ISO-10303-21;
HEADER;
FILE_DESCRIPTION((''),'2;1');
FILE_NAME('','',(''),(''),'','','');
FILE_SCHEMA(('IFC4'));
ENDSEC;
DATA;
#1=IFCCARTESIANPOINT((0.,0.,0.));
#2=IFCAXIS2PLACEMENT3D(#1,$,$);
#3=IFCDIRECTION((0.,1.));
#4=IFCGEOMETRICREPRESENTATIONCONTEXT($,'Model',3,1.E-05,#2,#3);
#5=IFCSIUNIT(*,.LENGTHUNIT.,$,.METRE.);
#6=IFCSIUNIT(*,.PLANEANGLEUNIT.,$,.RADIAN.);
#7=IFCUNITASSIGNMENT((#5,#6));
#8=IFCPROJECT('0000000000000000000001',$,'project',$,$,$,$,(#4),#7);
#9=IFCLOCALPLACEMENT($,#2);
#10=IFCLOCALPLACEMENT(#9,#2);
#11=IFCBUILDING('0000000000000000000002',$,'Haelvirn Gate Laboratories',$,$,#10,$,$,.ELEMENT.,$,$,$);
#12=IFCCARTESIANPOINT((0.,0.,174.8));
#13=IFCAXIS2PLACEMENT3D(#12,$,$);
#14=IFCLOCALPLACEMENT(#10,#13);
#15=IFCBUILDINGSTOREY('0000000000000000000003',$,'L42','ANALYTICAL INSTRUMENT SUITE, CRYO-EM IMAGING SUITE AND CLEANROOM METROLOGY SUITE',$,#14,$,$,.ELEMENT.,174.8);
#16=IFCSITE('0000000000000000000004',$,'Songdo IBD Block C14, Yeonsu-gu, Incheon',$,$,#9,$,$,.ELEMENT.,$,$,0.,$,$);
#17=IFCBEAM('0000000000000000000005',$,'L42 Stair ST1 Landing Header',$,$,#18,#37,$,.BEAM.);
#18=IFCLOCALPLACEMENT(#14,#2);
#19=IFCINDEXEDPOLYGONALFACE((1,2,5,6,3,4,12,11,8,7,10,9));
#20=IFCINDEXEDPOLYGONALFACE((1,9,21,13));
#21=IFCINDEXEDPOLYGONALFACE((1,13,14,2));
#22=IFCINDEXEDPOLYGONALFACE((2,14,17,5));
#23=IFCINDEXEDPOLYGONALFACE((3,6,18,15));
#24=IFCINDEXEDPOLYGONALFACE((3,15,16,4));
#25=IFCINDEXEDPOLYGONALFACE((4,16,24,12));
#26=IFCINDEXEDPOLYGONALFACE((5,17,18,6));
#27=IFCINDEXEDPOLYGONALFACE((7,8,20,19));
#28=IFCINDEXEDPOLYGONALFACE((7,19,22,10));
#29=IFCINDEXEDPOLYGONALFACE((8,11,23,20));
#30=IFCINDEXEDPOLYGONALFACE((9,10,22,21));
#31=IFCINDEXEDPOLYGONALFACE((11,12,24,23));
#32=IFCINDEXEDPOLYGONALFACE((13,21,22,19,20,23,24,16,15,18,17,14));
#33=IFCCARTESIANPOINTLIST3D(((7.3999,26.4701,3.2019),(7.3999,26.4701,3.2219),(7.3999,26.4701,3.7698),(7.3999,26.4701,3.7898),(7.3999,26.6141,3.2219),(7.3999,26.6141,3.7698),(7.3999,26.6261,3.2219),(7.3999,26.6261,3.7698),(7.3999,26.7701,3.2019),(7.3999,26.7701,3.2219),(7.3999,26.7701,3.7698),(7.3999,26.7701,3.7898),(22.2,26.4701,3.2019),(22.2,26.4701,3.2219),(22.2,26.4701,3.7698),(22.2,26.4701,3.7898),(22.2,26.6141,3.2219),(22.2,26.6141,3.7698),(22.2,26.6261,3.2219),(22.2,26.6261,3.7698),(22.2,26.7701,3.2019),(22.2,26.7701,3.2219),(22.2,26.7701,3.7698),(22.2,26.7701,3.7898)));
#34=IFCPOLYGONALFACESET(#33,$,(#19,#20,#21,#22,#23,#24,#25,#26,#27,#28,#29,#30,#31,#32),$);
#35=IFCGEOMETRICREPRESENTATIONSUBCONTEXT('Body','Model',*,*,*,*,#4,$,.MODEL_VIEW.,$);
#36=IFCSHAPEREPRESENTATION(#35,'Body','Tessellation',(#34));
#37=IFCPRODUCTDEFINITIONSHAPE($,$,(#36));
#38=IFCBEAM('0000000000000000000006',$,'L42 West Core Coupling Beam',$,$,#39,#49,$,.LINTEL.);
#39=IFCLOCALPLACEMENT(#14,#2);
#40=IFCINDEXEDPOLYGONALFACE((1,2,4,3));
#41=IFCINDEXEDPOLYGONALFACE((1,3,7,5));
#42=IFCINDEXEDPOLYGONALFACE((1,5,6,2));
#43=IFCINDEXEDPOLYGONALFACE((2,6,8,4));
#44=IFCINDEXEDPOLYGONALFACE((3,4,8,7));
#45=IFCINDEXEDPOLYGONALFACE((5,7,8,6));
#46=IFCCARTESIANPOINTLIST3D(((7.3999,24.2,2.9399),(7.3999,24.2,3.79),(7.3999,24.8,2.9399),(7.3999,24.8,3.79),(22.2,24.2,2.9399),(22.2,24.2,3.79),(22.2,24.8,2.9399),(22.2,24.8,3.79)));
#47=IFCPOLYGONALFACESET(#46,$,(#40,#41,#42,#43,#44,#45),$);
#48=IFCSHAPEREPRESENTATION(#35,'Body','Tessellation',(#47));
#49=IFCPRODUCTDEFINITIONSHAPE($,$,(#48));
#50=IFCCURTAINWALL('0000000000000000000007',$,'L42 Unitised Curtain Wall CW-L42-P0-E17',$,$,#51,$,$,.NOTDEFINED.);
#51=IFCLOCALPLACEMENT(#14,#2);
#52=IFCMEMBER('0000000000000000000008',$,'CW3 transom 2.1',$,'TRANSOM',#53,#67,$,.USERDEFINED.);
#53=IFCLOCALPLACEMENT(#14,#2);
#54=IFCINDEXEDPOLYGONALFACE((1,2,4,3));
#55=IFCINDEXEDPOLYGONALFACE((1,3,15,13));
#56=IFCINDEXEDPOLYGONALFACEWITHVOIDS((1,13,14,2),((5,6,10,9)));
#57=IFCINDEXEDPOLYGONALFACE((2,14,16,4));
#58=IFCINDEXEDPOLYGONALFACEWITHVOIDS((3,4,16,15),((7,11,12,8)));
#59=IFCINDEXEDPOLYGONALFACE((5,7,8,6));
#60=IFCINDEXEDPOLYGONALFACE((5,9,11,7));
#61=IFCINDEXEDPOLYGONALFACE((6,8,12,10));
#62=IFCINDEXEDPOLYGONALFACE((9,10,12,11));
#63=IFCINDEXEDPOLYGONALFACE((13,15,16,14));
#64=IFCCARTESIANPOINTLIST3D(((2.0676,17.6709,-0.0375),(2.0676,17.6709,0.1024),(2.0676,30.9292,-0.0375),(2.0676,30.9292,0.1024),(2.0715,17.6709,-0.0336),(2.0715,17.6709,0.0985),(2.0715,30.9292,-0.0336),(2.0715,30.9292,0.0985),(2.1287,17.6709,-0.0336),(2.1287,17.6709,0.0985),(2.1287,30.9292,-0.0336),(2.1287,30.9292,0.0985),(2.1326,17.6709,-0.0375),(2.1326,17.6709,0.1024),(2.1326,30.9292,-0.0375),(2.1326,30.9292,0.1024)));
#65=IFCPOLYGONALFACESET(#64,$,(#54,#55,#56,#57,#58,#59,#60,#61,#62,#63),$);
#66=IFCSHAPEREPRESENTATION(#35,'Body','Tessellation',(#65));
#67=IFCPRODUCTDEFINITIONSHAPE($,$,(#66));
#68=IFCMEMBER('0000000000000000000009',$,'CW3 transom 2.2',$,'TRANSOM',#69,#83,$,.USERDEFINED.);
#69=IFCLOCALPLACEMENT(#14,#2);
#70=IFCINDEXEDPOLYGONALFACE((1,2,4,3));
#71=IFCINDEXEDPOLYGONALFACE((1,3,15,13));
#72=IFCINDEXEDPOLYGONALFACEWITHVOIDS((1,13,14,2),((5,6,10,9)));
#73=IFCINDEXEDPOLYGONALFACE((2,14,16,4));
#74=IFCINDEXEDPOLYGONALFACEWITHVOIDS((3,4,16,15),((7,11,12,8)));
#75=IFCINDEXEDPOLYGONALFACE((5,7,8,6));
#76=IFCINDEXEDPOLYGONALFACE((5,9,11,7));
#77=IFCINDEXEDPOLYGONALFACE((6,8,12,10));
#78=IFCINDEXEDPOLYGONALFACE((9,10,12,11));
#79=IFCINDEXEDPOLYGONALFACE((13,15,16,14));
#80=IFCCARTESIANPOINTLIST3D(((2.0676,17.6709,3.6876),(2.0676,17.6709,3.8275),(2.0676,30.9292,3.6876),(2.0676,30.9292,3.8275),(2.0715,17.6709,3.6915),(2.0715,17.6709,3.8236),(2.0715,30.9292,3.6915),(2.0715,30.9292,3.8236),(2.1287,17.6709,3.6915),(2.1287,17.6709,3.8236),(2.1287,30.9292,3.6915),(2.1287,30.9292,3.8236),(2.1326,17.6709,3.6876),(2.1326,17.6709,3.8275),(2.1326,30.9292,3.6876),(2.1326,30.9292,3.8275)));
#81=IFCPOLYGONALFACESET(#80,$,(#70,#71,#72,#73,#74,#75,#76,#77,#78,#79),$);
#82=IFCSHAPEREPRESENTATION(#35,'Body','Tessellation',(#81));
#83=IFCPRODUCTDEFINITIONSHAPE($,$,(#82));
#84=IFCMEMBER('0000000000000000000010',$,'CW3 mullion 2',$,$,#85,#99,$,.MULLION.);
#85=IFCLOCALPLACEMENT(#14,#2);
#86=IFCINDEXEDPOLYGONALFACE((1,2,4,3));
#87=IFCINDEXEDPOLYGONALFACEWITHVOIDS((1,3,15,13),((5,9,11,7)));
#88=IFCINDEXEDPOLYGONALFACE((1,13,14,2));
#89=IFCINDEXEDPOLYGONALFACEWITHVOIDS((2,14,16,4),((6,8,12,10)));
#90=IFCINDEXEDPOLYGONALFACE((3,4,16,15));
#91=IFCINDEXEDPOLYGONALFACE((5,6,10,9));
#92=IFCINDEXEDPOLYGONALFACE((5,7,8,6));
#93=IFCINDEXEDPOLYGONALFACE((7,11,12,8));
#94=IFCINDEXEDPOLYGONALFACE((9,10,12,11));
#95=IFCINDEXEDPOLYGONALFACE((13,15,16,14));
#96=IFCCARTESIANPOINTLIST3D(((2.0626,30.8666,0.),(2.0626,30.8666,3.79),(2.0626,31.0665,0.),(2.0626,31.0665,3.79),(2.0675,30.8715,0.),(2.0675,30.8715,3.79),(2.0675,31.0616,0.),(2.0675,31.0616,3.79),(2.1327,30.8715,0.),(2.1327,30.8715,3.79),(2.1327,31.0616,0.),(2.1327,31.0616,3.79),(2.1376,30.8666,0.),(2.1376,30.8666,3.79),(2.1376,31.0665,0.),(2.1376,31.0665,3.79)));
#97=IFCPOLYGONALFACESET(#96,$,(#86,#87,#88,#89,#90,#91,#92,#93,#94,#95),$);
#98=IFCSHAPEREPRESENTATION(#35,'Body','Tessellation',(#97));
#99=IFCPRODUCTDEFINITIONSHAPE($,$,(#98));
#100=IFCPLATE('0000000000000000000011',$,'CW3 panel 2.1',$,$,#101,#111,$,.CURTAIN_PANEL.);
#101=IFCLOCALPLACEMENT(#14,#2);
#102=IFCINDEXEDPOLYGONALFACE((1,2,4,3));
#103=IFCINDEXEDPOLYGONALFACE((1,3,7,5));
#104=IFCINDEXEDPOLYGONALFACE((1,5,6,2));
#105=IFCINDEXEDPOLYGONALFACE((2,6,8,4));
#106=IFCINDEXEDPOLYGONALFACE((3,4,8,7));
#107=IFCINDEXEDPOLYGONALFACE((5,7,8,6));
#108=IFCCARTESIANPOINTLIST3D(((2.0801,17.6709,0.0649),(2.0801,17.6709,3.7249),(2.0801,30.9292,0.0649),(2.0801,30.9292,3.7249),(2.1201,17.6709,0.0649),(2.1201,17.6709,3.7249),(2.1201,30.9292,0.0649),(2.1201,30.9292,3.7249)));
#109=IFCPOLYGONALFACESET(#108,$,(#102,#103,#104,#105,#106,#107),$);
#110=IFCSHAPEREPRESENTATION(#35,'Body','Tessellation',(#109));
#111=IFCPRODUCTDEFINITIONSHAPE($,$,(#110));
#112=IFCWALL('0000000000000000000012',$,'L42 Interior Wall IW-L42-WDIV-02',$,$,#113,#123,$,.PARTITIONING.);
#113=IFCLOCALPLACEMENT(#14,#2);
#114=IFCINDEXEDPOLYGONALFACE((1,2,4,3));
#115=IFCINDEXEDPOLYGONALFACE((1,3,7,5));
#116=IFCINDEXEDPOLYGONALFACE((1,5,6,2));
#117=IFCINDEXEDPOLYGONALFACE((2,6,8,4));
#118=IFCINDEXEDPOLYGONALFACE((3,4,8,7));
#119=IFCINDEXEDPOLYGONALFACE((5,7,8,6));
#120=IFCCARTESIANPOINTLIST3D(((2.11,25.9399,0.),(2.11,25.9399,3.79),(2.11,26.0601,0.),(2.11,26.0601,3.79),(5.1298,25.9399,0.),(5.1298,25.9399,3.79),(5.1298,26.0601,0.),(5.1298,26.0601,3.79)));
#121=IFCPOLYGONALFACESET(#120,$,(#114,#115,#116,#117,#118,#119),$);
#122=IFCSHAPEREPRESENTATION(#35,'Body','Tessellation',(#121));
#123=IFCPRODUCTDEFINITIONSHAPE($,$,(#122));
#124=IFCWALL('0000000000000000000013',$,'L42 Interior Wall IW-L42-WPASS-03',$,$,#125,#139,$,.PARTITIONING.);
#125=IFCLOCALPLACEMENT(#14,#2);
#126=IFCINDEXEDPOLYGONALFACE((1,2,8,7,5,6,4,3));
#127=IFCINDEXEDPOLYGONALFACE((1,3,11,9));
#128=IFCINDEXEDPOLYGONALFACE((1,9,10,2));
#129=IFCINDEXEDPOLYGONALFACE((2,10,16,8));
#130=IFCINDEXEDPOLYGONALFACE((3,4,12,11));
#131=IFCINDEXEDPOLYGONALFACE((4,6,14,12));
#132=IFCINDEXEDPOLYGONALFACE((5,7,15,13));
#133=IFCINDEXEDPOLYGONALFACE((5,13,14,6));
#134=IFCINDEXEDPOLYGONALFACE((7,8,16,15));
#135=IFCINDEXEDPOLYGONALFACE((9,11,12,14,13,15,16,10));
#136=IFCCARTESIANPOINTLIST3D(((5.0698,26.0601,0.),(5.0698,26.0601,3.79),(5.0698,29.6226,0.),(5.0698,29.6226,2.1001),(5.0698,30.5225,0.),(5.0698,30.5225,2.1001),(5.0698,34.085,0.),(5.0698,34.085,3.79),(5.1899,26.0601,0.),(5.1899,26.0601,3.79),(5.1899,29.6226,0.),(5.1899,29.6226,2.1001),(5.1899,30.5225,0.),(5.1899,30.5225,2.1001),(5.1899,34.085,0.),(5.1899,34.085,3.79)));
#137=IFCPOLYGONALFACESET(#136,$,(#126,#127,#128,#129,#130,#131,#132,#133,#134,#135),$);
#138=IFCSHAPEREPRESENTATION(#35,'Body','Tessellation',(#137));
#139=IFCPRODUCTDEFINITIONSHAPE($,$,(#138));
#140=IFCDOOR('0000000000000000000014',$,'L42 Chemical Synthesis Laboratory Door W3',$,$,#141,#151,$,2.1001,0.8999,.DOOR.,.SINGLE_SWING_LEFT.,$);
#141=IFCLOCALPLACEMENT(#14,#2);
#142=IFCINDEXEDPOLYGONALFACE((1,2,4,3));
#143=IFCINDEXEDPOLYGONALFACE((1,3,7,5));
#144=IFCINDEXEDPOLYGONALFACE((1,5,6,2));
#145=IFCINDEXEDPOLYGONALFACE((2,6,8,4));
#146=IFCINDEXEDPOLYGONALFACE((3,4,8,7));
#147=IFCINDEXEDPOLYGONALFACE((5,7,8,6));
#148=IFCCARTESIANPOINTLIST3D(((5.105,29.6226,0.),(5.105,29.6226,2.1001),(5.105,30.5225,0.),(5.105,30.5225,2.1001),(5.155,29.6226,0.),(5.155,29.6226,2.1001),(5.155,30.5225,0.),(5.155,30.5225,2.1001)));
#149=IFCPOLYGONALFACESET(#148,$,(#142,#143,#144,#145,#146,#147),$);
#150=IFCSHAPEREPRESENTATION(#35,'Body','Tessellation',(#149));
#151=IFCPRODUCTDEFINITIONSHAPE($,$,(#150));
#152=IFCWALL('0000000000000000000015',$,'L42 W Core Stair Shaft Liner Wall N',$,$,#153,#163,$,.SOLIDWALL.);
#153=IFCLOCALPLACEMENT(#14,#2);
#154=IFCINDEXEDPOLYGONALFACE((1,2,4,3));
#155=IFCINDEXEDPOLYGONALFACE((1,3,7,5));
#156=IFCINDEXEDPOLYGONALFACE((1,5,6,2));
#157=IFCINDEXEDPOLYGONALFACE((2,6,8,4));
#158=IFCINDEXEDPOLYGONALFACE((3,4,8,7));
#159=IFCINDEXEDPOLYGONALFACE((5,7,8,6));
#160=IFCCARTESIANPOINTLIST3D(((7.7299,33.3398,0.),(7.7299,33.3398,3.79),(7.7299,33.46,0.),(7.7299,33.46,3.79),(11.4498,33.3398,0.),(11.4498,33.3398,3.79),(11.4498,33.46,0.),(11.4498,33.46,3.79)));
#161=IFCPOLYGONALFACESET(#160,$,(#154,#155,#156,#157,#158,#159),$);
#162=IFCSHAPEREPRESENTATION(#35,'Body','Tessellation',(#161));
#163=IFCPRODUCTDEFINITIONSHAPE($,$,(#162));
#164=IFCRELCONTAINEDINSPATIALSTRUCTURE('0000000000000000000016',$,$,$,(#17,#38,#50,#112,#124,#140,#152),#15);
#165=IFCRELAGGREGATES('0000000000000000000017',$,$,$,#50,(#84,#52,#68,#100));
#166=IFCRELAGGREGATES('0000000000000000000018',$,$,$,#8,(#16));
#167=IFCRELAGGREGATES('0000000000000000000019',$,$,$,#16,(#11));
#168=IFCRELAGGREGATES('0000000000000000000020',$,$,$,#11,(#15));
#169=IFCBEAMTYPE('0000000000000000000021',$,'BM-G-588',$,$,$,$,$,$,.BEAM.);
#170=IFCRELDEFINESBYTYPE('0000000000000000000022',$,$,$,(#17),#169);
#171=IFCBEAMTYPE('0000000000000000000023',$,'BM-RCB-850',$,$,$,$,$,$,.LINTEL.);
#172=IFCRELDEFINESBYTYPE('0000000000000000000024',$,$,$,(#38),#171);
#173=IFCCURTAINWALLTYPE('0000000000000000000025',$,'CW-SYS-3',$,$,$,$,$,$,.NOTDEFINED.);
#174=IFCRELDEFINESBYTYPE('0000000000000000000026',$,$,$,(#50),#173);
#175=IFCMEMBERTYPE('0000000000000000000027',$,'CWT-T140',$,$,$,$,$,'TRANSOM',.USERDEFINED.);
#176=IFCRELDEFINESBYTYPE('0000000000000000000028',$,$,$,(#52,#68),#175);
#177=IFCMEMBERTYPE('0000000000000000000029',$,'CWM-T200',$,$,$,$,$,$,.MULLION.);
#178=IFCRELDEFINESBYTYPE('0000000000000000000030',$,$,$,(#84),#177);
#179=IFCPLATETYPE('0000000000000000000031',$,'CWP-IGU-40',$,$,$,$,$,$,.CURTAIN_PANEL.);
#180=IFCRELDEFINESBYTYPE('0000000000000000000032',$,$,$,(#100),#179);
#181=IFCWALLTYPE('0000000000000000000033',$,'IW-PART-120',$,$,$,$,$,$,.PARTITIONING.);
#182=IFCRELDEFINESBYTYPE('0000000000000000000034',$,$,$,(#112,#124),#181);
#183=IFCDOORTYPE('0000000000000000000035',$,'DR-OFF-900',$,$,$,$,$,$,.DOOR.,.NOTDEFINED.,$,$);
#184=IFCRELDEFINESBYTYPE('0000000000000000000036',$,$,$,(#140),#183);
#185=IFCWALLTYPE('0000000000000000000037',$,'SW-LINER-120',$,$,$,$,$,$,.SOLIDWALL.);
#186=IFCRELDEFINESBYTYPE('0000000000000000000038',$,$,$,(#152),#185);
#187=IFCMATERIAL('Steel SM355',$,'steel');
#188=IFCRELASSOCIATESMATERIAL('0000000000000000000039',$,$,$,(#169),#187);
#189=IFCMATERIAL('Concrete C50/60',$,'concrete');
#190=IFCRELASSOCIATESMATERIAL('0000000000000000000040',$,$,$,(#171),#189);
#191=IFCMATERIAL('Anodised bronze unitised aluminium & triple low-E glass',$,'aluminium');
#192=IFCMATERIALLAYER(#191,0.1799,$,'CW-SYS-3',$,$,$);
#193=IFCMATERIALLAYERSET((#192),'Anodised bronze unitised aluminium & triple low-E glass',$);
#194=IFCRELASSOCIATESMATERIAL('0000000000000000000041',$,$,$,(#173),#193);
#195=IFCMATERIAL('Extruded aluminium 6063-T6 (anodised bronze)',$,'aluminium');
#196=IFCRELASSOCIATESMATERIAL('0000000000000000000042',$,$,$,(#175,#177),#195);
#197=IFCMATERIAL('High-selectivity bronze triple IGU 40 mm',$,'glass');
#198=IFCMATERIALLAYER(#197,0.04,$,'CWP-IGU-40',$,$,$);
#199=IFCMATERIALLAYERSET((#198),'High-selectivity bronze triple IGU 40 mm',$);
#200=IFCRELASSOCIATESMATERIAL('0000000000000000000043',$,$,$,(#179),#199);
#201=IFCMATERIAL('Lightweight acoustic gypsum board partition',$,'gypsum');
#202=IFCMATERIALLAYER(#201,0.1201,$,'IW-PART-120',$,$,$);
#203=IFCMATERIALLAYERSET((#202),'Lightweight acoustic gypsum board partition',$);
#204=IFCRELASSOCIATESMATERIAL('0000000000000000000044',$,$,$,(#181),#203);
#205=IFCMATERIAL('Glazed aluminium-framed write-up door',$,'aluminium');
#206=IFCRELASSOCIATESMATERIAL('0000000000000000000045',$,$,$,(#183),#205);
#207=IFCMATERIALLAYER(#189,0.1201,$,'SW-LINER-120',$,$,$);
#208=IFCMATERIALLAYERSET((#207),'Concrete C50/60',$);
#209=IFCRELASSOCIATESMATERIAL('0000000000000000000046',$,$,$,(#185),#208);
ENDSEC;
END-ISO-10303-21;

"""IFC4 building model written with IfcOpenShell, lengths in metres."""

from ifc_helpers import new_model, si_unit, direction, frame, frame_2d, origin, origin_2d, place, context, subcontext, project, spatial, rectangle, hollow_rectangle, i_section, extrude, source, transform, mapped, material, layer, layer_set, material_profile, profile_set, type_object, type_shapes, element, fill, aggregate, save


model = new_model("IFC4")

# Units and contexts
model_context = context("Model", 3, precision=1e-05, world=origin(), true_north=direction((0.0, 1.0)))
body_context = subcontext(model_context, "Body", "Model", "MODEL_VIEW")
ifc_project = project(units=[si_unit("LENGTHUNIT", "METRE"), si_unit("PLANEANGLEUNIT", "RADIAN")], contexts=[model_context])

# Site, building, storey
site_placement = place(None, origin())
site = spatial("IfcSite", under=ifc_project, at=site_placement, Name="Songdo IBD Block C14, Yeonsu-gu, Incheon", CompositionType="ELEMENT", RefElevation=0.0)
building_placement = place(site_placement, origin())
building = spatial("IfcBuilding", under=site, at=building_placement, Name="Haelvirn Gate Laboratories", CompositionType="ELEMENT")
storey_placement = place(building_placement, frame((0.0, 0.0, 174.8)))
storey = spatial("IfcBuildingStorey", under=building, at=storey_placement, Name="L42", Description="ANALYTICAL INSTRUMENT SUITE, CRYO-EM IMAGING SUITE AND CLEANROOM METROLOGY SUITE", CompositionType="ELEMENT", Elevation=174.8)

# Beams
ifc_material_1 = material(Name="Steel SM355", Category="steel")
ifc_material_profile_1 = material_profile(ifc_material_1, i_section(OverallWidth=0.3, OverallDepth=0.5879, WebThickness=0.012, FlangeThickness=0.02, at=origin_2d()), Name="H-588x300x12x20")
ifc_profile_set_1 = profile_set([ifc_material_profile_1], Name="Steel SM355")
beam_type_1 = type_object("IfcBeamType", Name="BM-G-588", PredefinedType="BEAM", material=ifc_profile_set_1)
shared_shape_1 = source(origin(), body_context, "Body", "SweptSolid", [
    extrude(i_section(OverallWidth=0.3, OverallDepth=0.5879, WebThickness=0.012, FlangeThickness=0.02, at=origin_2d()), origin(), (0.0, 0.0, 1.0), 14.8),
])
type_shapes(beam_type_1, [shared_shape_1])
beam_1_placement = place(storey_placement, frame((7.3999, 26.6201, 3.4958), z_axis=(1.0, 0.0, 0.0), x_axis=(0.0, 1.0, 0.0)))
element("IfcBeam", 1, at=beam_1_placement, inside=storey, type_object=beam_type_1, Name="L42 Stair ST1 Landing Header", PredefinedType="BEAM", context=body_context, shape_type="MappedRepresentation", body=[
    mapped(shared_shape_1, transform((0.0, 0.0, 0.0), scale=1.0)),
])
ifc_material_2 = material(Name="Concrete C50/60", Category="concrete")
ifc_material_profile_2 = material_profile(ifc_material_2, rectangle(XDim=0.6001, YDim=0.8501, at=origin_2d()), Name="RCB-600x850")
ifc_profile_set_2 = profile_set([ifc_material_profile_2], Name="Concrete C50/60")
beam_type_2 = type_object("IfcBeamType", Name="BM-RCB-850", PredefinedType="LINTEL", material=ifc_profile_set_2)
shared_shape_2 = source(origin(), body_context, "Body", "SweptSolid", [
    extrude(rectangle(XDim=0.6001, YDim=0.8501, at=origin_2d()), origin(), (0.0, 0.0, 1.0), 14.8),
])
type_shapes(beam_type_2, [shared_shape_2])
beam_2_placement = place(storey_placement, frame((7.3999, 24.5, 3.365), z_axis=(1.0, 0.0, 0.0), x_axis=(0.0, 1.0, 0.0)))
element("IfcBeam", 2, at=beam_2_placement, inside=storey, type_object=beam_type_2, Name="L42 West Core Coupling Beam", PredefinedType="LINTEL", context=body_context, shape_type="MappedRepresentation", body=[
    mapped(shared_shape_2, transform((0.0, 0.0, 0.0), scale=1.0)),
])

# Curtain wall, members, plate
ifc_material_3 = material(Name="Anodised bronze unitised aluminium & triple low-E glass", Category="aluminium")
ifc_layer_1 = layer(ifc_material_3, 0.1799, Name="CW-SYS-3")
ifc_layer_set_1 = layer_set([ifc_layer_1], Name="Anodised bronze unitised aluminium & triple low-E glass")
curtain_wall_type = type_object("IfcCurtainWallType", Name="CW-SYS-3", PredefinedType="NOTDEFINED", material=ifc_layer_set_1)
curtain_wall_placement = place(storey_placement, origin())
curtain_wall = element("IfcCurtainWall", 3, at=curtain_wall_placement, inside=storey, type_object=curtain_wall_type, Name="L42 Unitised Curtain Wall CW-L42-P0-E17", PredefinedType="NOTDEFINED")
ifc_material_4 = material(Name="Extruded aluminium 6063-T6 (anodised bronze)", Category="aluminium")
ifc_material_profile_3 = material_profile(ifc_material_4, hollow_rectangle(XDim=0.0649, YDim=0.1399, WallThickness=0.0039, at=origin_2d()), Name="CWT-140x65x4")
ifc_profile_set_3 = profile_set([ifc_material_profile_3], Name="Extruded aluminium 6063-T6 (anodised bronze)")
member_type_1 = type_object("IfcMemberType", Name="CWT-T140", ElementType="TRANSOM", PredefinedType="USERDEFINED", material=ifc_profile_set_3)
shared_shape_3 = source(origin(), body_context, "Body", "SweptSolid", [
    extrude(hollow_rectangle(XDim=0.0649, YDim=0.1399, WallThickness=0.0039, at=origin_2d()), origin(), (0.0, 0.0, 1.0), 13.2583),
])
type_shapes(member_type_1, [shared_shape_3])
member_1_placement = place(storey_placement, frame((2.1001, 30.9292, 0.0325), z_axis=(0.0, -1.0, 0.0), x_axis=(1.0, 0.0, 0.0)))
member_1 = element("IfcMember", 4, at=member_1_placement, type_object=member_type_1, Name="CW3 transom 2.1", ObjectType="TRANSOM", PredefinedType="USERDEFINED", context=body_context, shape_type="MappedRepresentation", body=[
    mapped(shared_shape_3, transform((0.0, 0.0, 0.0), scale=1.0)),
])
member_2_placement = place(storey_placement, frame((2.1001, 30.9292, 3.7576), z_axis=(0.0, -1.0, 0.0), x_axis=(1.0, 0.0, 0.0)))
member_2 = element("IfcMember", 5, at=member_2_placement, type_object=member_type_1, Name="CW3 transom 2.2", ObjectType="TRANSOM", PredefinedType="USERDEFINED", context=body_context, shape_type="MappedRepresentation", body=[
    mapped(shared_shape_3, transform((0.0, 0.0, 0.0), scale=1.0)),
])
ifc_material_profile_4 = material_profile(ifc_material_4, hollow_rectangle(XDim=0.075, YDim=0.2, WallThickness=0.0049, at=origin_2d()), Name="CWM-200x75x5")
ifc_profile_set_4 = profile_set([ifc_material_profile_4], Name="Extruded aluminium 6063-T6 (anodised bronze)")
member_type_2 = type_object("IfcMemberType", Name="CWM-T200", PredefinedType="MULLION", material=ifc_profile_set_4)
shared_shape_4 = source(origin(), body_context, "Body", "SweptSolid", [
    extrude(hollow_rectangle(XDim=0.075, YDim=0.2, WallThickness=0.0049, at=origin_2d()), origin(), (0.0, 0.0, 1.0), 3.79),
])
type_shapes(member_type_2, [shared_shape_4])
member_3_placement = place(storey_placement, frame((2.1001, 30.9666, 0.0), z_axis=(0.0, 0.0, 1.0), x_axis=(1.0, 0.0, 0.0)))
member_3 = element("IfcMember", 6, at=member_3_placement, type_object=member_type_2, Name="CW3 mullion 2", PredefinedType="MULLION", context=body_context, shape_type="MappedRepresentation", body=[
    mapped(shared_shape_4, transform((0.0, 0.0, 0.0), scale=1.0)),
])
ifc_material_5 = material(Name="High-selectivity bronze triple IGU 40 mm", Category="glass")
ifc_layer_2 = layer(ifc_material_5, 0.04, Name="CWP-IGU-40")
ifc_layer_set_2 = layer_set([ifc_layer_2], Name="High-selectivity bronze triple IGU 40 mm")
plate_type = type_object("IfcPlateType", Name="CWP-IGU-40", PredefinedType="CURTAIN_PANEL", material=ifc_layer_set_2)
shared_shape_5 = source(origin(), body_context, "Body", "SweptSolid", [
    extrude(rectangle(XDim=13.2583, YDim=0.04, at=origin_2d()), origin(), (0.0, 0.0, 1.0), 3.6599),
])
type_shapes(plate_type, [shared_shape_5])
plate_placement = place(storey_placement, frame((2.1001, 24.3, 0.0649), z_axis=(0.0, 0.0, 1.0), x_axis=(0.0, -1.0, 0.0)))
plate = element("IfcPlate", 7, at=plate_placement, type_object=plate_type, Name="CW3 panel 2.1", PredefinedType="CURTAIN_PANEL", context=body_context, shape_type="MappedRepresentation", body=[
    mapped(shared_shape_5, transform((0.0, 0.0, 0.0), scale=1.0)),
])
aggregate(curtain_wall, [member_3, member_1, member_2, plate])

# Wall
ifc_material_6 = material(Name="Lightweight acoustic gypsum board partition", Category="gypsum")
ifc_layer_3 = layer(ifc_material_6, 0.1201, Name="IW-PART-120")
ifc_layer_set_3 = layer_set([ifc_layer_3], Name="Lightweight acoustic gypsum board partition")
wall_type_1 = type_object("IfcWallType", Name="IW-PART-120", PredefinedType="PARTITIONING", material=ifc_layer_set_3)
wall_1_placement = place(storey_placement, frame((2.1101, 26.0, 0.0), z_axis=(0.0, 0.0, 1.0), x_axis=(1.0, 0.0, 0.0)))
element("IfcWall", 8, at=wall_1_placement, inside=storey, type_object=wall_type_1, Name="L42 Interior Wall IW-L42-WDIV-02", PredefinedType="PARTITIONING", context=body_context, shape_type="SweptSolid", body=[
    extrude(rectangle(XDim=3.0198, YDim=0.1201, at=frame_2d((1.5098, 0.0))), origin(), (0.0, 0.0, 1.0), 3.79),
])

# Wall, opening, door
wall_2_placement = place(storey_placement, frame((5.1299, 26.0601, 0.0), z_axis=(0.0, 0.0, 1.0), x_axis=(0.0, 1.0, 0.0)))
wall_2 = element("IfcWall", 9, at=wall_2_placement, inside=storey, type_object=wall_type_1, Name="L42 Interior Wall IW-L42-WPASS-03", PredefinedType="PARTITIONING", context=body_context, shape_type="SweptSolid", body=[
    extrude(rectangle(XDim=8.0249, YDim=0.1201, at=frame_2d((4.0125, 0.0))), origin(), (0.0, 0.0, 1.0), 3.79),
])
opening_1_placement = place(wall_2_placement, frame((3.5625, 0.0, 0.0)))
opening_1 = element("IfcOpeningElement", 10, at=opening_1_placement, cuts=wall_2, PredefinedType="OPENING", context=body_context, shape_type="SweptSolid", body=[
    extrude(rectangle(XDim=0.8999, YDim=2.1001, at=frame_2d((0.45, 1.05))), frame((0.0, 0.0701, 0.0), z_axis=(0.0, -1.0, 0.0), x_axis=(1.0, 0.0, 0.0)), (0.0, 0.0, 1.0), 0.1401),
])
ifc_material_7 = material(Name="Glazed aluminium-framed write-up door", Category="aluminium")
door_type_1 = type_object("IfcDoorType", Name="DR-OFF-900", OperationType="NOTDEFINED", PredefinedType="DOOR", material=ifc_material_7)
shared_shape_6 = source(origin(), body_context, "Body", "SweptSolid", [
    extrude(rectangle(XDim=0.8999, YDim=2.1001, at=frame_2d((0.45, 1.05))), frame((0.0, 0.0249, 0.0), z_axis=(0.0, -1.0, 0.0), x_axis=(1.0, 0.0, 0.0)), (0.0, 0.0, 1.0), 0.05),
])
type_shapes(door_type_1, [shared_shape_6])
door_1_placement = place(opening_1_placement, origin())
door_1 = element("IfcDoor", 11, at=door_1_placement, inside=storey, type_object=door_type_1, Name="L42 Chemical Synthesis Laboratory Door W3", OperationType="SINGLE_SWING_LEFT", OverallHeight=2.1001, OverallWidth=0.8999, PredefinedType="DOOR", context=body_context, shape_type="MappedRepresentation", body=[
    mapped(shared_shape_6, transform((0.0, 0.0, 0.0), scale=1.0)),
])
fill(opening_1, door_1)

# Wall
ifc_layer_4 = layer(ifc_material_2, 0.1201, Name="SW-LINER-120")
ifc_layer_set_4 = layer_set([ifc_layer_4], Name="Concrete C50/60")
wall_type_2 = type_object("IfcWallType", Name="SW-LINER-120", PredefinedType="SOLIDWALL", material=ifc_layer_set_4)
wall_3_placement = place(storey_placement, frame((7.73, 33.3999, 0.0), z_axis=(0.0, 0.0, 1.0), x_axis=(1.0, 0.0, 0.0)))
element("IfcWall", 12, at=wall_3_placement, inside=storey, type_object=wall_type_2, Name="L42 W Core Stair Shaft Liner Wall N", PredefinedType="SOLIDWALL", context=body_context, shape_type="SweptSolid", body=[
    extrude(rectangle(XDim=3.72, YDim=0.1201, at=frame_2d((1.8599, 0.0))), origin(), (0.0, 0.0, 1.0), 3.79),
])

save(model, "model.ifc")
